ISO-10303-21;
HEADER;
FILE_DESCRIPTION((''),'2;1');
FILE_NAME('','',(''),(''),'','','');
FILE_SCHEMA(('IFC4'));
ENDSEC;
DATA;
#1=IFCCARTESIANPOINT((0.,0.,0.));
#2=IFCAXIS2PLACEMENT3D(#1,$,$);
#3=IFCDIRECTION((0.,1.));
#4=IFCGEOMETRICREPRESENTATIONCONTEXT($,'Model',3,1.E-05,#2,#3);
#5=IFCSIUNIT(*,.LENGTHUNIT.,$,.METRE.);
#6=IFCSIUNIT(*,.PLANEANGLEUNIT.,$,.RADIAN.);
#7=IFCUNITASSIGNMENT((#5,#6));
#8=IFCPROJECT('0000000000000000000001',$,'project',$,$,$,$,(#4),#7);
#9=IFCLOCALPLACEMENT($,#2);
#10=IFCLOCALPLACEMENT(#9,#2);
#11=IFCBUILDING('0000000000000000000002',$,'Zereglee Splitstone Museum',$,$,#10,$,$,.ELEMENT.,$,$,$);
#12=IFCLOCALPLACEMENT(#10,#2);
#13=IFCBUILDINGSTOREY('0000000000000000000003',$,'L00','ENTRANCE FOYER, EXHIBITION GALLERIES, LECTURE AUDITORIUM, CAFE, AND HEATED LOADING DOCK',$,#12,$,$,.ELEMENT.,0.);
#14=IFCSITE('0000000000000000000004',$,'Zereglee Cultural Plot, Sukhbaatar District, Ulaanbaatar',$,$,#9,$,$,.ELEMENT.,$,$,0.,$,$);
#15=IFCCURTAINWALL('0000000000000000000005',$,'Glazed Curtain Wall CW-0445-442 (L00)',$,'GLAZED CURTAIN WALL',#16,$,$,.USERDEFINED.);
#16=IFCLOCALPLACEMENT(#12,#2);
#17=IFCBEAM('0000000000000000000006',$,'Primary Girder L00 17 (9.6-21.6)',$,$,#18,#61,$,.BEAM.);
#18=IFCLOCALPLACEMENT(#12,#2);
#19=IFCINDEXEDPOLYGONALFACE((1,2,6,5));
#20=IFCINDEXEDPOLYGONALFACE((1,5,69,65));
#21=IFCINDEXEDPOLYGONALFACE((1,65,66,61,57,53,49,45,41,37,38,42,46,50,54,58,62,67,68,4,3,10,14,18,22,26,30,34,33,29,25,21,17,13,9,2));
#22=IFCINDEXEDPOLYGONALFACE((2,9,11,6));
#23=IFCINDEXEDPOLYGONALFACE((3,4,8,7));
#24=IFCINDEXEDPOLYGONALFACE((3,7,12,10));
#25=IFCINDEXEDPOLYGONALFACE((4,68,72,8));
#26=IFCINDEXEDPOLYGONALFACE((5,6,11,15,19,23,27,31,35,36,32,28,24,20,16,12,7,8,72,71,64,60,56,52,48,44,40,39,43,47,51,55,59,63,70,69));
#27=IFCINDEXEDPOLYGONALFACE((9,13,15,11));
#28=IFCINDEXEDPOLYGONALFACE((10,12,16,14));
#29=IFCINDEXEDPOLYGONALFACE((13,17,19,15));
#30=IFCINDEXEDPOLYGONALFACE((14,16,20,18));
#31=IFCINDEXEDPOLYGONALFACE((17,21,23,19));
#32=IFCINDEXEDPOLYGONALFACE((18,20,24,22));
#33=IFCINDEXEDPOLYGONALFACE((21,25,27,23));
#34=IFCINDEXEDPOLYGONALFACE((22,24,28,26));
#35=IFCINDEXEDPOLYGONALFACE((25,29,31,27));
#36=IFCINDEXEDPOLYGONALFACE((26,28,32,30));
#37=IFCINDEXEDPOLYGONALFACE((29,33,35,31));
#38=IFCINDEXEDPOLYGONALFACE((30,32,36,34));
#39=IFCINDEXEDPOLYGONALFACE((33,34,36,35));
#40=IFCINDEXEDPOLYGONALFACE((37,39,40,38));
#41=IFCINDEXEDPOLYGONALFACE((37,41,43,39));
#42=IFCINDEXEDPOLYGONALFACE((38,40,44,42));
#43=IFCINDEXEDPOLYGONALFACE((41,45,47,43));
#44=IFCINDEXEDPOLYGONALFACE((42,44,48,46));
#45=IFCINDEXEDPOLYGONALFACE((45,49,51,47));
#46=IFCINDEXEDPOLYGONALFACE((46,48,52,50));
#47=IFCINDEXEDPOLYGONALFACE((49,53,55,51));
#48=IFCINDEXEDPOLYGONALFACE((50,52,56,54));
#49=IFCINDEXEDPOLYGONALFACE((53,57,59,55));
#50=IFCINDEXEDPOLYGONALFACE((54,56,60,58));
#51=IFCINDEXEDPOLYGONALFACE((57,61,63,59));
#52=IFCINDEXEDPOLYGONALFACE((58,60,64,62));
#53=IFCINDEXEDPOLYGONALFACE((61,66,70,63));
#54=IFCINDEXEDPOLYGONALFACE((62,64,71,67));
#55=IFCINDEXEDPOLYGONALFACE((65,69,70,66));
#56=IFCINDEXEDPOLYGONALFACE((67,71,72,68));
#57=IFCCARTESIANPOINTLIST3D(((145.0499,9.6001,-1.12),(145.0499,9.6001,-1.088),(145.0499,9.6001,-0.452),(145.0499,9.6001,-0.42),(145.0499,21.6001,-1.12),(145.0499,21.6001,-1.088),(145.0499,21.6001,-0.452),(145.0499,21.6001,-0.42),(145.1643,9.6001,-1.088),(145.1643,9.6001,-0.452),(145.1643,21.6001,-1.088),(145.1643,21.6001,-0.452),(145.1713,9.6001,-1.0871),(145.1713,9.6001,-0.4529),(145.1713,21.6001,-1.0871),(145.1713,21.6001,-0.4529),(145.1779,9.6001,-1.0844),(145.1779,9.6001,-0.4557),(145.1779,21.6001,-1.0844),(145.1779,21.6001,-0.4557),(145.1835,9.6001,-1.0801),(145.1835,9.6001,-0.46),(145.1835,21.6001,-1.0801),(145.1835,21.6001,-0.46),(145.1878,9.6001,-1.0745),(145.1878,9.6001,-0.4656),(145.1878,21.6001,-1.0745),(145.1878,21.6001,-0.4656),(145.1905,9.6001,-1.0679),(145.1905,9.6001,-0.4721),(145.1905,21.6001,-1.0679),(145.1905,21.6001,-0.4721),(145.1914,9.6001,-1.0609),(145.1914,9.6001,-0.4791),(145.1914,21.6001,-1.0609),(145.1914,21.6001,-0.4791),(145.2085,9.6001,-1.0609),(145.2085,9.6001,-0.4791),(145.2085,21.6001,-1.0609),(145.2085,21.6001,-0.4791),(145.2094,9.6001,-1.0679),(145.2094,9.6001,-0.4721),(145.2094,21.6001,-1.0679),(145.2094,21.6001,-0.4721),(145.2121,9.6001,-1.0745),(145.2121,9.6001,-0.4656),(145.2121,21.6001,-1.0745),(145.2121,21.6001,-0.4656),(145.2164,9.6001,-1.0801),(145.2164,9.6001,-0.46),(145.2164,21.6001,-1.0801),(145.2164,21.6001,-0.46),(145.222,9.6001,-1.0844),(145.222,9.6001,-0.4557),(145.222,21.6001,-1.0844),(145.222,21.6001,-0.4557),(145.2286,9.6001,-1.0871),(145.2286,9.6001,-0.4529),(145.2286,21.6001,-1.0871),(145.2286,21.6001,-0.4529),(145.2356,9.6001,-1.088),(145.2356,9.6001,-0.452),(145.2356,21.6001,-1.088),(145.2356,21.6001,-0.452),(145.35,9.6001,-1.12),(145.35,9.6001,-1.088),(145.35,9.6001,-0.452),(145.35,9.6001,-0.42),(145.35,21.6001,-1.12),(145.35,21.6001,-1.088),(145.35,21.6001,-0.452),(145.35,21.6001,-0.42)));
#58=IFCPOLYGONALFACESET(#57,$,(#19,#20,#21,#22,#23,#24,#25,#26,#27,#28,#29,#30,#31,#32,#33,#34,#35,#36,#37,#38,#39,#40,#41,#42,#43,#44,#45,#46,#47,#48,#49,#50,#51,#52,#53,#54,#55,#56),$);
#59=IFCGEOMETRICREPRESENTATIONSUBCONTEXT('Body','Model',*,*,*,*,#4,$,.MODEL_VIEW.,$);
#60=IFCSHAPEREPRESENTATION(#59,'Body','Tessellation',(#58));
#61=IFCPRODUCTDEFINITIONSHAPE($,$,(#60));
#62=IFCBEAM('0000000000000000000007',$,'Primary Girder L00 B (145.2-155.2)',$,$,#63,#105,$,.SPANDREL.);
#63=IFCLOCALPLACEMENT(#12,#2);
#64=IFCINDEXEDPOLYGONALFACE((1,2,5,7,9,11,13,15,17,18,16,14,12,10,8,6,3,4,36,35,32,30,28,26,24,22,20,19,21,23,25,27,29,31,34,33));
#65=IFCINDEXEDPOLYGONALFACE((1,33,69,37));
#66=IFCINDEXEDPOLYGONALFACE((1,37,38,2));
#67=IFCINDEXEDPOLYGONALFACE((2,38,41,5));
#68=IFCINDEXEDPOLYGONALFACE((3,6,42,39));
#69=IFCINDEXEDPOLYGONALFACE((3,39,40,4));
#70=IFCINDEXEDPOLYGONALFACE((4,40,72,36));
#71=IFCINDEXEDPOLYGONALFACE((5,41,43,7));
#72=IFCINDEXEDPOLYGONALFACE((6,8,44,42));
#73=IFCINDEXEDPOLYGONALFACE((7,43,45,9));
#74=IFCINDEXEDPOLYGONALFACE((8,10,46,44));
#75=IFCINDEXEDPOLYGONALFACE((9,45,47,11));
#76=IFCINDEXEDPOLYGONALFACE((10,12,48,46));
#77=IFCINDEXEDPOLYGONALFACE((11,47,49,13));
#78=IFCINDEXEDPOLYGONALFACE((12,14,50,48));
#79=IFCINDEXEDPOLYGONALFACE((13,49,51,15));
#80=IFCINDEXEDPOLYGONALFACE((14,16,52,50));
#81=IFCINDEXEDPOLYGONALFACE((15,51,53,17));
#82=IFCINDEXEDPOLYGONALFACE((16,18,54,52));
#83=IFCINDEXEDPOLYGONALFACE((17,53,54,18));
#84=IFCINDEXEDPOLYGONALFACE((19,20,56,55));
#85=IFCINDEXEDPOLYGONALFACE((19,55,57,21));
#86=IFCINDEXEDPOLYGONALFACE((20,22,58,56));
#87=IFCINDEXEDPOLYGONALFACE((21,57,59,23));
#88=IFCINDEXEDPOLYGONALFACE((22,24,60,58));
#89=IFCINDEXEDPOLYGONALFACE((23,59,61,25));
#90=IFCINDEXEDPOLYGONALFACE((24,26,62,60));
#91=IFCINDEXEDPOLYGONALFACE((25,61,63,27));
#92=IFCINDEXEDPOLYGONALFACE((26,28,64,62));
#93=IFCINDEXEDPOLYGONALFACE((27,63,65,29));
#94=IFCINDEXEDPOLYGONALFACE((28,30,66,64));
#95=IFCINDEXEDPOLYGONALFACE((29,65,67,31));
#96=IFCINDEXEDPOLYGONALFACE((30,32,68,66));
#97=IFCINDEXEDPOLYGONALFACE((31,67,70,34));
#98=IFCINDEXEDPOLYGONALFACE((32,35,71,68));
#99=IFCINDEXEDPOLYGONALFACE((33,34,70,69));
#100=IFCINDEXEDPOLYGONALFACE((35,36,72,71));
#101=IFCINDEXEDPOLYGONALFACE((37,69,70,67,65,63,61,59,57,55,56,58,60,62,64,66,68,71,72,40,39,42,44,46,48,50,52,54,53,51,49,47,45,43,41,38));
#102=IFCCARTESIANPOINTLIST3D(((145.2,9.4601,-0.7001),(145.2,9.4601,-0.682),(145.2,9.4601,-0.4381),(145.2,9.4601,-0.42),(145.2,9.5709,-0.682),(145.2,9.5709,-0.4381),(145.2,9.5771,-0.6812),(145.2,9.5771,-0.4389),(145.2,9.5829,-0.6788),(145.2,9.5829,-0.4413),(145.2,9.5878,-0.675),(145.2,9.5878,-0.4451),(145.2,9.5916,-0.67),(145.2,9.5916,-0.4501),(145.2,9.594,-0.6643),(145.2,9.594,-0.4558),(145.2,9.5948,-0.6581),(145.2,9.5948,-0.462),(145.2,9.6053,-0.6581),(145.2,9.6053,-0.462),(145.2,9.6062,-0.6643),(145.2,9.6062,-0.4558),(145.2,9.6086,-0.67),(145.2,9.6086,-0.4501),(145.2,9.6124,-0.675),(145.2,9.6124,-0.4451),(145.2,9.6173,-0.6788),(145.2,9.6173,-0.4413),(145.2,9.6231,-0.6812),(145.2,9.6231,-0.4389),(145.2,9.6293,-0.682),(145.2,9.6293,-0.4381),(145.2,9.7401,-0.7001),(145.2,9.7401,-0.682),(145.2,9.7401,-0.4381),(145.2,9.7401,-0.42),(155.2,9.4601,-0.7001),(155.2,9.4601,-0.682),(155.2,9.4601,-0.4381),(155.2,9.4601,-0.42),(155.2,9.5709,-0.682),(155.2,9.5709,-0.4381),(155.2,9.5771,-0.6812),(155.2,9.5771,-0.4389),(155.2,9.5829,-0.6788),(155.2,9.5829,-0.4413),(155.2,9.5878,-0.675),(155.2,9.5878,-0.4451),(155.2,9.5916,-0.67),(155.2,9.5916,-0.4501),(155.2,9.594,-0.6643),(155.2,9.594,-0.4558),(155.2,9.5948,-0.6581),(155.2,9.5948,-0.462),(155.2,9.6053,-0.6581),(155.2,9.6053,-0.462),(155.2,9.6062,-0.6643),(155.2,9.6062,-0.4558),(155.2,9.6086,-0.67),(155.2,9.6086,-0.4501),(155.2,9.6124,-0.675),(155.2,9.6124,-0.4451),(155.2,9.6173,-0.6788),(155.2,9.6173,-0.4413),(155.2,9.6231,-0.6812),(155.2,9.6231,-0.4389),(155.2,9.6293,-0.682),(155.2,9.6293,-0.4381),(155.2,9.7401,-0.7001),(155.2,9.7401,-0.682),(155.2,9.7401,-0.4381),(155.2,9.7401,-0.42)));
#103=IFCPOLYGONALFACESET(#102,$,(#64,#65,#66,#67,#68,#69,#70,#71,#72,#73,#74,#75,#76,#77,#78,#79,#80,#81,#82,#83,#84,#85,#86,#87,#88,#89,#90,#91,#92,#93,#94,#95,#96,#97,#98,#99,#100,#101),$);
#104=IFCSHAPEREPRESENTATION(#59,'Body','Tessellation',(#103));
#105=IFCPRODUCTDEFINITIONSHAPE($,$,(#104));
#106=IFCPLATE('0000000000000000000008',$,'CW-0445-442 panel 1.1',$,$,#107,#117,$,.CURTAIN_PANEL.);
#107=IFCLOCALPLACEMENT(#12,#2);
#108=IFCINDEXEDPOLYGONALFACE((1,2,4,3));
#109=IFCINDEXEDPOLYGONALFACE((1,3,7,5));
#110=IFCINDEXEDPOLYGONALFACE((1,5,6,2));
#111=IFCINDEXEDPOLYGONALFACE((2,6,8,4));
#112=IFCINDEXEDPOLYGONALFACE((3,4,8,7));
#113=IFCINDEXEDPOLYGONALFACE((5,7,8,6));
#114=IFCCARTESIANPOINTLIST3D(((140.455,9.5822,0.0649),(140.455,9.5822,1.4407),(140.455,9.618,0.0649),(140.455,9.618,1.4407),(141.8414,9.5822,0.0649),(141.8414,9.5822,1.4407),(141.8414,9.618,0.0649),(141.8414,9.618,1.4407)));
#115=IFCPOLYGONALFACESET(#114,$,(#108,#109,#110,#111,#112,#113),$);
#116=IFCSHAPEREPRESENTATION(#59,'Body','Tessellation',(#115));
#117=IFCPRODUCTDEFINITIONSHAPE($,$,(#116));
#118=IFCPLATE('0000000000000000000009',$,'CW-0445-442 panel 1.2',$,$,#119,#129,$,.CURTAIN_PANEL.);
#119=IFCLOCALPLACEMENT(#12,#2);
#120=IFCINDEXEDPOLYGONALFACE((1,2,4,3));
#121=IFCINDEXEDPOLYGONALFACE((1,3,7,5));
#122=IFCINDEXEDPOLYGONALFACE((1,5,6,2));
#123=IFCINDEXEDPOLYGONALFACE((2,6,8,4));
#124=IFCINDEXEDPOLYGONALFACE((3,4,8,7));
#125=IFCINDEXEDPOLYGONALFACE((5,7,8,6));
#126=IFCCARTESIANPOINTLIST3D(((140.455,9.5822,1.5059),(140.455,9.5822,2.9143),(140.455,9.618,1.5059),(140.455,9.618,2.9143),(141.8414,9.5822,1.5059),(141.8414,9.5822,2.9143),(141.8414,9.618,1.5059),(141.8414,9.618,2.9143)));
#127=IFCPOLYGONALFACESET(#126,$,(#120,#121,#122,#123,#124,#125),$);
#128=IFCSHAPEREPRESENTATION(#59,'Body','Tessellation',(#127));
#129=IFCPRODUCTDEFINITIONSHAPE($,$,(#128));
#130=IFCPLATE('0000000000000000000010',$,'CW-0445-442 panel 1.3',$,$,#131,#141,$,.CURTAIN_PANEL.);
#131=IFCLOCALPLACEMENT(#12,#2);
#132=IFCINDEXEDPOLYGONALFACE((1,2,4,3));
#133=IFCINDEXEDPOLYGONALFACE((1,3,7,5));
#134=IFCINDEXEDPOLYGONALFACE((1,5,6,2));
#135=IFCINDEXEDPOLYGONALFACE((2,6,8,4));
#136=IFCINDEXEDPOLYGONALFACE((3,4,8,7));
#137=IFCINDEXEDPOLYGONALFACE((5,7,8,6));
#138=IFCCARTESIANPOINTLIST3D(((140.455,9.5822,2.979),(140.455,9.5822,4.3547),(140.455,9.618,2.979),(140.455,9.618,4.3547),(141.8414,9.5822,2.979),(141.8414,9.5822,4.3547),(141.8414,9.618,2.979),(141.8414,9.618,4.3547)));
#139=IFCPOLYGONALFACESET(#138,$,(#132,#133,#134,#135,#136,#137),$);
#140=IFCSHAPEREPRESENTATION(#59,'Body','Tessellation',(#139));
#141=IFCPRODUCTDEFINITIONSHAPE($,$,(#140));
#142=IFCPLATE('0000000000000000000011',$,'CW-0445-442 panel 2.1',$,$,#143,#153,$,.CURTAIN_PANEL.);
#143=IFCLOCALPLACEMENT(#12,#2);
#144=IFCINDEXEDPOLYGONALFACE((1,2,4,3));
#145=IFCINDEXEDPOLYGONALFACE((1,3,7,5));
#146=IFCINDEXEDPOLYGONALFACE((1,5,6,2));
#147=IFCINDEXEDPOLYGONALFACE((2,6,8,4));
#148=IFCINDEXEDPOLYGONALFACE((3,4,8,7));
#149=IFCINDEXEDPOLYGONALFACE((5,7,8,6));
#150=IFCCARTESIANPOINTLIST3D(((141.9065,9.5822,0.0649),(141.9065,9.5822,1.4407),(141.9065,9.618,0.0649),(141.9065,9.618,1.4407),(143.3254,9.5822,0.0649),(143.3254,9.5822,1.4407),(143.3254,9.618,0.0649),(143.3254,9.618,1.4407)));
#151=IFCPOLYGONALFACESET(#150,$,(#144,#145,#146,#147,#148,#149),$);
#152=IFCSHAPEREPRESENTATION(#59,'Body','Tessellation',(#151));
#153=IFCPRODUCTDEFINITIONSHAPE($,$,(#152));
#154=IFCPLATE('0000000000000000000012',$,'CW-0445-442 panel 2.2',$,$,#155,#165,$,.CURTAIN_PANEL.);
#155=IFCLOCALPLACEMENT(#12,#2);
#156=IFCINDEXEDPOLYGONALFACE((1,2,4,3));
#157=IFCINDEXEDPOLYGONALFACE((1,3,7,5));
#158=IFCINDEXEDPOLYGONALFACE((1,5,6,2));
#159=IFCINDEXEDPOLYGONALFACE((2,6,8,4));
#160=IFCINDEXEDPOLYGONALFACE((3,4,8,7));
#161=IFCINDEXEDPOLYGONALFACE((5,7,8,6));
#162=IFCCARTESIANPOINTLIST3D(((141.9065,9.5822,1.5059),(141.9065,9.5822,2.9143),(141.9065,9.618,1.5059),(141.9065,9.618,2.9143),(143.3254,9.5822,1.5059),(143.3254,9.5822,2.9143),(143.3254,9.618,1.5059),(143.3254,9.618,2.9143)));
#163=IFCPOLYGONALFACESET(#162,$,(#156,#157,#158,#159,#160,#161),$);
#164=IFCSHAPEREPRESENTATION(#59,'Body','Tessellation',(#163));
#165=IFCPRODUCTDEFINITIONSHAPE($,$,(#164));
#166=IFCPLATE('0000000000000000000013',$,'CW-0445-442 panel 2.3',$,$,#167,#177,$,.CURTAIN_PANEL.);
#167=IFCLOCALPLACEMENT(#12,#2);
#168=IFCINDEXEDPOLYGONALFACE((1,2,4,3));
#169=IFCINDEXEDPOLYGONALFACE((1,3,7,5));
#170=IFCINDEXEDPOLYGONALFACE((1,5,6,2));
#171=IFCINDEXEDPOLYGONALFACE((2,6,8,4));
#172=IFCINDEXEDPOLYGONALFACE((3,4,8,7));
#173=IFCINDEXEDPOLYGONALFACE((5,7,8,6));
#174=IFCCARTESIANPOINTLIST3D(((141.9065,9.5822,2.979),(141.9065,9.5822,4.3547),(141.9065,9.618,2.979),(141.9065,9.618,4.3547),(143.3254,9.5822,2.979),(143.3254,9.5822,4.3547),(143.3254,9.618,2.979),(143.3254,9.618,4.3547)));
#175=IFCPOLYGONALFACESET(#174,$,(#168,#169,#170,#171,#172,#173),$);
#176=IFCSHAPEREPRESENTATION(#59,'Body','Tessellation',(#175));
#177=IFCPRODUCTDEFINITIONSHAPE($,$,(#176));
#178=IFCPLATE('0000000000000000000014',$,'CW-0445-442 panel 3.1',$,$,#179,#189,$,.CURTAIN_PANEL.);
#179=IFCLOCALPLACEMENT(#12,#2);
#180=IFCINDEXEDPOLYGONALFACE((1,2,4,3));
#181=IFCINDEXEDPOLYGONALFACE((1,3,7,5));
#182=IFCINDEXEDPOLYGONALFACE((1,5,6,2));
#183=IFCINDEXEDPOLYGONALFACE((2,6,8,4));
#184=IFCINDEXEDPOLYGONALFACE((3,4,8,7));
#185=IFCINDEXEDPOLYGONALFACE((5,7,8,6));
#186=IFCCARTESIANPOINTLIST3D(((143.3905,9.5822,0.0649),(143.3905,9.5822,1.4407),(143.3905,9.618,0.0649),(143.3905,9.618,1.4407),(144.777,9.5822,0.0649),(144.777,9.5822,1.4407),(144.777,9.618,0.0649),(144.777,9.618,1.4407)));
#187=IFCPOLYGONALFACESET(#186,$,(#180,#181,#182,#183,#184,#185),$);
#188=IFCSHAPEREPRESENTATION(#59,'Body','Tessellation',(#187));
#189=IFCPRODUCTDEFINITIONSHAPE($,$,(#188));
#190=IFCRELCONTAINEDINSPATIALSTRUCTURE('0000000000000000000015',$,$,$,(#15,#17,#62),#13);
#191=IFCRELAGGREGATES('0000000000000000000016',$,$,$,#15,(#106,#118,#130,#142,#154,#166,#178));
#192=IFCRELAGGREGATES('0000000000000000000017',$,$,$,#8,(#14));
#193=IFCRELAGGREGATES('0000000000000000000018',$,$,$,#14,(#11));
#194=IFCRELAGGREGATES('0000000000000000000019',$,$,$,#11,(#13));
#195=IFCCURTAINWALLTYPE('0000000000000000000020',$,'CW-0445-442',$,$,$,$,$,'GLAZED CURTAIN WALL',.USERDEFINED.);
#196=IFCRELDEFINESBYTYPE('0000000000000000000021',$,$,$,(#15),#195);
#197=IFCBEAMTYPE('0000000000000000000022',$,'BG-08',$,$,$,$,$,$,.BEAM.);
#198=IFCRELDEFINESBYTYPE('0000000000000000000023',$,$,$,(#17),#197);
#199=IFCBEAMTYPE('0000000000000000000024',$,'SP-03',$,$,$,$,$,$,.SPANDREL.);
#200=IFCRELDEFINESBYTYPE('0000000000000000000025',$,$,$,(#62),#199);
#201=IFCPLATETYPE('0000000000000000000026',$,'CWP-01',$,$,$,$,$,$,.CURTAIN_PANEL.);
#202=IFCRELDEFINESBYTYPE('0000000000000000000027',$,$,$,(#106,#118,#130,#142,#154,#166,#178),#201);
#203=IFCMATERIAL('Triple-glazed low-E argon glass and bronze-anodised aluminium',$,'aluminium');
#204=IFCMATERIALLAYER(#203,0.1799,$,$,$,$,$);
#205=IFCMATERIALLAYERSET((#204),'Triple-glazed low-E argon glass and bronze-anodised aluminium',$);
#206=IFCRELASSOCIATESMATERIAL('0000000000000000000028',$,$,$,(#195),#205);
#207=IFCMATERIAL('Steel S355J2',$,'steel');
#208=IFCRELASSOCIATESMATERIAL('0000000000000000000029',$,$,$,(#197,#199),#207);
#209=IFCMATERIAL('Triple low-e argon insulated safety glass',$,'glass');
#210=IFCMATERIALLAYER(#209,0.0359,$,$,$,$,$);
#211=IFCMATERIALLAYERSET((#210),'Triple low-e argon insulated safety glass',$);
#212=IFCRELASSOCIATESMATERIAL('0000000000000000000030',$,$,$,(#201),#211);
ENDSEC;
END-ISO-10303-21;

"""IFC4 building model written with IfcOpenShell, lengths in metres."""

from ifc_helpers import new_model, si_unit, direction, frame, origin, origin_2d, place, context, subcontext, project, spatial, rectangle, i_section, extrude, material, layer, layer_set, material_profile, profile_set, type_object, element, aggregate, save


model = new_model("IFC4")

# Units and contexts
model_context = context("Model", 3, precision=1e-05, world=origin(), true_north=direction((0.0, 1.0)))
body_context = subcontext(model_context, "Body", "Model", "MODEL_VIEW")
ifc_project = project(units=[si_unit("LENGTHUNIT", "METRE"), si_unit("PLANEANGLEUNIT", "RADIAN")], contexts=[model_context])

# Site, building, storey
site_placement = place(None, origin())
site = spatial("IfcSite", under=ifc_project, at=site_placement, Name="Zereglee Cultural Plot, Sukhbaatar District, Ulaanbaatar", CompositionType="ELEMENT", RefElevation=0.0)
building_placement = place(site_placement, origin())
building = spatial("IfcBuilding", under=site, at=building_placement, Name="Zereglee Splitstone Museum", CompositionType="ELEMENT")
storey_placement = place(building_placement, origin())
storey = spatial("IfcBuildingStorey", under=building, at=storey_placement, Name="L00", Description="ENTRANCE FOYER, EXHIBITION GALLERIES, LECTURE AUDITORIUM, CAFE, AND HEATED LOADING DOCK", CompositionType="ELEMENT", Elevation=0.0)

# Shared definitions
ifc_material_1 = material(Name="Triple-glazed low-E argon glass and bronze-anodised aluminium", Category="aluminium")

# Curtain wall
ifc_layer_1 = layer(ifc_material_1, 0.1799)
ifc_layer_set_1 = layer_set([ifc_layer_1], Name="Triple-glazed low-E argon glass and bronze-anodised aluminium")
curtain_wall_type_1 = type_object("IfcCurtainWallType", Name="CW-0445-442", ElementType="GLAZED CURTAIN WALL", PredefinedType="USERDEFINED", material=ifc_layer_set_1)
curtain_wall_1_placement = place(storey_placement, origin())
curtain_wall_1 = element("IfcCurtainWall", 1, at=curtain_wall_1_placement, inside=storey, type_object=curtain_wall_type_1, Name="Glazed Curtain Wall CW-0445-442 (L00)", ObjectType="GLAZED CURTAIN WALL", PredefinedType="USERDEFINED")

# Beams
ifc_material_2 = material(Name="Steel S355J2", Category="steel")
ifc_material_profile_1 = material_profile(ifc_material_2, i_section(OverallWidth=0.3, OverallDepth=0.7, WebThickness=0.0171, FlangeThickness=0.032, FilletRadius=0.0271, at=origin_2d()), Name="HE 700 B")
ifc_profile_set_1 = profile_set([ifc_material_profile_1], Name="Steel S355J2")
beam_type_1 = type_object("IfcBeamType", Name="BG-08", PredefinedType="BEAM", material=ifc_profile_set_1)
beam_1_placement = place(storey_placement, frame((145.2, 9.6001, -0.77), z_axis=(0.0, 1.0, 0.0), x_axis=(-1.0, 0.0, 0.0)))
element("IfcBeam", 2, at=beam_1_placement, inside=storey, type_object=beam_type_1, Name="Primary Girder L00 17 (9.6-21.6)", PredefinedType="BEAM", context=body_context, shape_type="SweptSolid", body=[
    extrude(i_section(OverallWidth=0.3, OverallDepth=0.7, WebThickness=0.0171, FlangeThickness=0.032, FilletRadius=0.0271, at=origin_2d()), origin(), (0.0, 0.0, 1.0), 12.0),
])
ifc_material_profile_2 = material_profile(ifc_material_2, i_section(OverallWidth=0.28, OverallDepth=0.28, WebThickness=0.0105, FlangeThickness=0.0181, FilletRadius=0.0239, at=origin_2d()), Name="HE 280 B")
ifc_profile_set_2 = profile_set([ifc_material_profile_2], Name="Steel S355J2")
beam_type_2 = type_object("IfcBeamType", Name="SP-03", PredefinedType="SPANDREL", material=ifc_profile_set_2)
beam_2_placement = place(storey_placement, frame((145.2, 9.6001, -0.5601), z_axis=(1.0, 0.0, 0.0), x_axis=(0.0, 1.0, 0.0)))
element("IfcBeam", 3, at=beam_2_placement, inside=storey, type_object=beam_type_2, Name="Primary Girder L00 B (145.2-155.2)", PredefinedType="SPANDREL", context=body_context, shape_type="SweptSolid", body=[
    extrude(i_section(OverallWidth=0.28, OverallDepth=0.28, WebThickness=0.0105, FlangeThickness=0.0181, FilletRadius=0.0239, at=origin_2d()), origin(), (0.0, 0.0, 1.0), 10.0),
])

# Plates
ifc_material_3 = material(Name="Triple low-e argon insulated safety glass", Category="glass")
ifc_layer_2 = layer(ifc_material_3, 0.0359)
ifc_layer_set_2 = layer_set([ifc_layer_2], Name="Triple low-e argon insulated safety glass")
plate_type = type_object("IfcPlateType", Name="CWP-01", PredefinedType="CURTAIN_PANEL", material=ifc_layer_set_2)
plate_1_placement = place(storey_placement, frame((141.1482, 9.6001, 0.0649), z_axis=(0.0, 0.0, 1.0), x_axis=(1.0, 0.0, 0.0)))
plate_1 = element("IfcPlate", 4, at=plate_1_placement, type_object=plate_type, Name="CW-0445-442 panel 1.1", PredefinedType="CURTAIN_PANEL", context=body_context, shape_type="SweptSolid", body=[
    extrude(rectangle(XDim=1.3865, YDim=0.0359, at=origin_2d()), origin(), (0.0, 0.0, 1.0), 1.3757),
])
plate_2_placement = place(storey_placement, frame((141.1482, 9.6001, 1.5059), z_axis=(0.0, 0.0, 1.0), x_axis=(1.0, 0.0, 0.0)))
plate_2 = element("IfcPlate", 5, at=plate_2_placement, type_object=plate_type, Name="CW-0445-442 panel 1.2", PredefinedType="CURTAIN_PANEL", context=body_context, shape_type="SweptSolid", body=[
    extrude(rectangle(XDim=1.3865, YDim=0.0359, at=origin_2d()), origin(), (0.0, 0.0, 1.0), 1.4084),
])
plate_3_placement = place(storey_placement, frame((141.1482, 9.6001, 2.979), z_axis=(0.0, 0.0, 1.0), x_axis=(1.0, 0.0, 0.0)))
plate_3 = element("IfcPlate", 6, at=plate_3_placement, type_object=plate_type, Name="CW-0445-442 panel 1.3", PredefinedType="CURTAIN_PANEL", context=body_context, shape_type="SweptSolid", body=[
    extrude(rectangle(XDim=1.3865, YDim=0.0359, at=origin_2d()), origin(), (0.0, 0.0, 1.0), 1.3757),
])
plate_4_placement = place(storey_placement, frame((142.616, 9.6001, 0.0649), z_axis=(0.0, 0.0, 1.0), x_axis=(1.0, 0.0, 0.0)))
plate_4 = element("IfcPlate", 7, at=plate_4_placement, type_object=plate_type, Name="CW-0445-442 panel 2.1", PredefinedType="CURTAIN_PANEL", context=body_context, shape_type="SweptSolid", body=[
    extrude(rectangle(XDim=1.4189, YDim=0.0359, at=origin_2d()), origin(), (0.0, 0.0, 1.0), 1.3757),
])
plate_5_placement = place(storey_placement, frame((142.616, 9.6001, 1.5059), z_axis=(0.0, 0.0, 1.0), x_axis=(1.0, 0.0, 0.0)))
plate_5 = element("IfcPlate", 8, at=plate_5_placement, type_object=plate_type, Name="CW-0445-442 panel 2.2", PredefinedType="CURTAIN_PANEL", context=body_context, shape_type="SweptSolid", body=[
    extrude(rectangle(XDim=1.4189, YDim=0.0359, at=origin_2d()), origin(), (0.0, 0.0, 1.0), 1.4084),
])
plate_6_placement = place(storey_placement, frame((142.616, 9.6001, 2.979), z_axis=(0.0, 0.0, 1.0), x_axis=(1.0, 0.0, 0.0)))
plate_6 = element("IfcPlate", 9, at=plate_6_placement, type_object=plate_type, Name="CW-0445-442 panel 2.3", PredefinedType="CURTAIN_PANEL", context=body_context, shape_type="SweptSolid", body=[
    extrude(rectangle(XDim=1.4189, YDim=0.0359, at=origin_2d()), origin(), (0.0, 0.0, 1.0), 1.3757),
])
plate_7_placement = place(storey_placement, frame((144.0837, 9.6001, 0.0649), z_axis=(0.0, 0.0, 1.0), x_axis=(1.0, 0.0, 0.0)))
plate_7 = element("IfcPlate", 10, at=plate_7_placement, type_object=plate_type, Name="CW-0445-442 panel 3.1", PredefinedType="CURTAIN_PANEL", context=body_context, shape_type="SweptSolid", body=[
    extrude(rectangle(XDim=1.3865, YDim=0.0359, at=origin_2d()), origin(), (0.0, 0.0, 1.0), 1.3757),
])
aggregate(curtain_wall_1, [plate_1, plate_2, plate_3, plate_4, plate_5, plate_6, plate_7])

save(model, "model.ifc")
